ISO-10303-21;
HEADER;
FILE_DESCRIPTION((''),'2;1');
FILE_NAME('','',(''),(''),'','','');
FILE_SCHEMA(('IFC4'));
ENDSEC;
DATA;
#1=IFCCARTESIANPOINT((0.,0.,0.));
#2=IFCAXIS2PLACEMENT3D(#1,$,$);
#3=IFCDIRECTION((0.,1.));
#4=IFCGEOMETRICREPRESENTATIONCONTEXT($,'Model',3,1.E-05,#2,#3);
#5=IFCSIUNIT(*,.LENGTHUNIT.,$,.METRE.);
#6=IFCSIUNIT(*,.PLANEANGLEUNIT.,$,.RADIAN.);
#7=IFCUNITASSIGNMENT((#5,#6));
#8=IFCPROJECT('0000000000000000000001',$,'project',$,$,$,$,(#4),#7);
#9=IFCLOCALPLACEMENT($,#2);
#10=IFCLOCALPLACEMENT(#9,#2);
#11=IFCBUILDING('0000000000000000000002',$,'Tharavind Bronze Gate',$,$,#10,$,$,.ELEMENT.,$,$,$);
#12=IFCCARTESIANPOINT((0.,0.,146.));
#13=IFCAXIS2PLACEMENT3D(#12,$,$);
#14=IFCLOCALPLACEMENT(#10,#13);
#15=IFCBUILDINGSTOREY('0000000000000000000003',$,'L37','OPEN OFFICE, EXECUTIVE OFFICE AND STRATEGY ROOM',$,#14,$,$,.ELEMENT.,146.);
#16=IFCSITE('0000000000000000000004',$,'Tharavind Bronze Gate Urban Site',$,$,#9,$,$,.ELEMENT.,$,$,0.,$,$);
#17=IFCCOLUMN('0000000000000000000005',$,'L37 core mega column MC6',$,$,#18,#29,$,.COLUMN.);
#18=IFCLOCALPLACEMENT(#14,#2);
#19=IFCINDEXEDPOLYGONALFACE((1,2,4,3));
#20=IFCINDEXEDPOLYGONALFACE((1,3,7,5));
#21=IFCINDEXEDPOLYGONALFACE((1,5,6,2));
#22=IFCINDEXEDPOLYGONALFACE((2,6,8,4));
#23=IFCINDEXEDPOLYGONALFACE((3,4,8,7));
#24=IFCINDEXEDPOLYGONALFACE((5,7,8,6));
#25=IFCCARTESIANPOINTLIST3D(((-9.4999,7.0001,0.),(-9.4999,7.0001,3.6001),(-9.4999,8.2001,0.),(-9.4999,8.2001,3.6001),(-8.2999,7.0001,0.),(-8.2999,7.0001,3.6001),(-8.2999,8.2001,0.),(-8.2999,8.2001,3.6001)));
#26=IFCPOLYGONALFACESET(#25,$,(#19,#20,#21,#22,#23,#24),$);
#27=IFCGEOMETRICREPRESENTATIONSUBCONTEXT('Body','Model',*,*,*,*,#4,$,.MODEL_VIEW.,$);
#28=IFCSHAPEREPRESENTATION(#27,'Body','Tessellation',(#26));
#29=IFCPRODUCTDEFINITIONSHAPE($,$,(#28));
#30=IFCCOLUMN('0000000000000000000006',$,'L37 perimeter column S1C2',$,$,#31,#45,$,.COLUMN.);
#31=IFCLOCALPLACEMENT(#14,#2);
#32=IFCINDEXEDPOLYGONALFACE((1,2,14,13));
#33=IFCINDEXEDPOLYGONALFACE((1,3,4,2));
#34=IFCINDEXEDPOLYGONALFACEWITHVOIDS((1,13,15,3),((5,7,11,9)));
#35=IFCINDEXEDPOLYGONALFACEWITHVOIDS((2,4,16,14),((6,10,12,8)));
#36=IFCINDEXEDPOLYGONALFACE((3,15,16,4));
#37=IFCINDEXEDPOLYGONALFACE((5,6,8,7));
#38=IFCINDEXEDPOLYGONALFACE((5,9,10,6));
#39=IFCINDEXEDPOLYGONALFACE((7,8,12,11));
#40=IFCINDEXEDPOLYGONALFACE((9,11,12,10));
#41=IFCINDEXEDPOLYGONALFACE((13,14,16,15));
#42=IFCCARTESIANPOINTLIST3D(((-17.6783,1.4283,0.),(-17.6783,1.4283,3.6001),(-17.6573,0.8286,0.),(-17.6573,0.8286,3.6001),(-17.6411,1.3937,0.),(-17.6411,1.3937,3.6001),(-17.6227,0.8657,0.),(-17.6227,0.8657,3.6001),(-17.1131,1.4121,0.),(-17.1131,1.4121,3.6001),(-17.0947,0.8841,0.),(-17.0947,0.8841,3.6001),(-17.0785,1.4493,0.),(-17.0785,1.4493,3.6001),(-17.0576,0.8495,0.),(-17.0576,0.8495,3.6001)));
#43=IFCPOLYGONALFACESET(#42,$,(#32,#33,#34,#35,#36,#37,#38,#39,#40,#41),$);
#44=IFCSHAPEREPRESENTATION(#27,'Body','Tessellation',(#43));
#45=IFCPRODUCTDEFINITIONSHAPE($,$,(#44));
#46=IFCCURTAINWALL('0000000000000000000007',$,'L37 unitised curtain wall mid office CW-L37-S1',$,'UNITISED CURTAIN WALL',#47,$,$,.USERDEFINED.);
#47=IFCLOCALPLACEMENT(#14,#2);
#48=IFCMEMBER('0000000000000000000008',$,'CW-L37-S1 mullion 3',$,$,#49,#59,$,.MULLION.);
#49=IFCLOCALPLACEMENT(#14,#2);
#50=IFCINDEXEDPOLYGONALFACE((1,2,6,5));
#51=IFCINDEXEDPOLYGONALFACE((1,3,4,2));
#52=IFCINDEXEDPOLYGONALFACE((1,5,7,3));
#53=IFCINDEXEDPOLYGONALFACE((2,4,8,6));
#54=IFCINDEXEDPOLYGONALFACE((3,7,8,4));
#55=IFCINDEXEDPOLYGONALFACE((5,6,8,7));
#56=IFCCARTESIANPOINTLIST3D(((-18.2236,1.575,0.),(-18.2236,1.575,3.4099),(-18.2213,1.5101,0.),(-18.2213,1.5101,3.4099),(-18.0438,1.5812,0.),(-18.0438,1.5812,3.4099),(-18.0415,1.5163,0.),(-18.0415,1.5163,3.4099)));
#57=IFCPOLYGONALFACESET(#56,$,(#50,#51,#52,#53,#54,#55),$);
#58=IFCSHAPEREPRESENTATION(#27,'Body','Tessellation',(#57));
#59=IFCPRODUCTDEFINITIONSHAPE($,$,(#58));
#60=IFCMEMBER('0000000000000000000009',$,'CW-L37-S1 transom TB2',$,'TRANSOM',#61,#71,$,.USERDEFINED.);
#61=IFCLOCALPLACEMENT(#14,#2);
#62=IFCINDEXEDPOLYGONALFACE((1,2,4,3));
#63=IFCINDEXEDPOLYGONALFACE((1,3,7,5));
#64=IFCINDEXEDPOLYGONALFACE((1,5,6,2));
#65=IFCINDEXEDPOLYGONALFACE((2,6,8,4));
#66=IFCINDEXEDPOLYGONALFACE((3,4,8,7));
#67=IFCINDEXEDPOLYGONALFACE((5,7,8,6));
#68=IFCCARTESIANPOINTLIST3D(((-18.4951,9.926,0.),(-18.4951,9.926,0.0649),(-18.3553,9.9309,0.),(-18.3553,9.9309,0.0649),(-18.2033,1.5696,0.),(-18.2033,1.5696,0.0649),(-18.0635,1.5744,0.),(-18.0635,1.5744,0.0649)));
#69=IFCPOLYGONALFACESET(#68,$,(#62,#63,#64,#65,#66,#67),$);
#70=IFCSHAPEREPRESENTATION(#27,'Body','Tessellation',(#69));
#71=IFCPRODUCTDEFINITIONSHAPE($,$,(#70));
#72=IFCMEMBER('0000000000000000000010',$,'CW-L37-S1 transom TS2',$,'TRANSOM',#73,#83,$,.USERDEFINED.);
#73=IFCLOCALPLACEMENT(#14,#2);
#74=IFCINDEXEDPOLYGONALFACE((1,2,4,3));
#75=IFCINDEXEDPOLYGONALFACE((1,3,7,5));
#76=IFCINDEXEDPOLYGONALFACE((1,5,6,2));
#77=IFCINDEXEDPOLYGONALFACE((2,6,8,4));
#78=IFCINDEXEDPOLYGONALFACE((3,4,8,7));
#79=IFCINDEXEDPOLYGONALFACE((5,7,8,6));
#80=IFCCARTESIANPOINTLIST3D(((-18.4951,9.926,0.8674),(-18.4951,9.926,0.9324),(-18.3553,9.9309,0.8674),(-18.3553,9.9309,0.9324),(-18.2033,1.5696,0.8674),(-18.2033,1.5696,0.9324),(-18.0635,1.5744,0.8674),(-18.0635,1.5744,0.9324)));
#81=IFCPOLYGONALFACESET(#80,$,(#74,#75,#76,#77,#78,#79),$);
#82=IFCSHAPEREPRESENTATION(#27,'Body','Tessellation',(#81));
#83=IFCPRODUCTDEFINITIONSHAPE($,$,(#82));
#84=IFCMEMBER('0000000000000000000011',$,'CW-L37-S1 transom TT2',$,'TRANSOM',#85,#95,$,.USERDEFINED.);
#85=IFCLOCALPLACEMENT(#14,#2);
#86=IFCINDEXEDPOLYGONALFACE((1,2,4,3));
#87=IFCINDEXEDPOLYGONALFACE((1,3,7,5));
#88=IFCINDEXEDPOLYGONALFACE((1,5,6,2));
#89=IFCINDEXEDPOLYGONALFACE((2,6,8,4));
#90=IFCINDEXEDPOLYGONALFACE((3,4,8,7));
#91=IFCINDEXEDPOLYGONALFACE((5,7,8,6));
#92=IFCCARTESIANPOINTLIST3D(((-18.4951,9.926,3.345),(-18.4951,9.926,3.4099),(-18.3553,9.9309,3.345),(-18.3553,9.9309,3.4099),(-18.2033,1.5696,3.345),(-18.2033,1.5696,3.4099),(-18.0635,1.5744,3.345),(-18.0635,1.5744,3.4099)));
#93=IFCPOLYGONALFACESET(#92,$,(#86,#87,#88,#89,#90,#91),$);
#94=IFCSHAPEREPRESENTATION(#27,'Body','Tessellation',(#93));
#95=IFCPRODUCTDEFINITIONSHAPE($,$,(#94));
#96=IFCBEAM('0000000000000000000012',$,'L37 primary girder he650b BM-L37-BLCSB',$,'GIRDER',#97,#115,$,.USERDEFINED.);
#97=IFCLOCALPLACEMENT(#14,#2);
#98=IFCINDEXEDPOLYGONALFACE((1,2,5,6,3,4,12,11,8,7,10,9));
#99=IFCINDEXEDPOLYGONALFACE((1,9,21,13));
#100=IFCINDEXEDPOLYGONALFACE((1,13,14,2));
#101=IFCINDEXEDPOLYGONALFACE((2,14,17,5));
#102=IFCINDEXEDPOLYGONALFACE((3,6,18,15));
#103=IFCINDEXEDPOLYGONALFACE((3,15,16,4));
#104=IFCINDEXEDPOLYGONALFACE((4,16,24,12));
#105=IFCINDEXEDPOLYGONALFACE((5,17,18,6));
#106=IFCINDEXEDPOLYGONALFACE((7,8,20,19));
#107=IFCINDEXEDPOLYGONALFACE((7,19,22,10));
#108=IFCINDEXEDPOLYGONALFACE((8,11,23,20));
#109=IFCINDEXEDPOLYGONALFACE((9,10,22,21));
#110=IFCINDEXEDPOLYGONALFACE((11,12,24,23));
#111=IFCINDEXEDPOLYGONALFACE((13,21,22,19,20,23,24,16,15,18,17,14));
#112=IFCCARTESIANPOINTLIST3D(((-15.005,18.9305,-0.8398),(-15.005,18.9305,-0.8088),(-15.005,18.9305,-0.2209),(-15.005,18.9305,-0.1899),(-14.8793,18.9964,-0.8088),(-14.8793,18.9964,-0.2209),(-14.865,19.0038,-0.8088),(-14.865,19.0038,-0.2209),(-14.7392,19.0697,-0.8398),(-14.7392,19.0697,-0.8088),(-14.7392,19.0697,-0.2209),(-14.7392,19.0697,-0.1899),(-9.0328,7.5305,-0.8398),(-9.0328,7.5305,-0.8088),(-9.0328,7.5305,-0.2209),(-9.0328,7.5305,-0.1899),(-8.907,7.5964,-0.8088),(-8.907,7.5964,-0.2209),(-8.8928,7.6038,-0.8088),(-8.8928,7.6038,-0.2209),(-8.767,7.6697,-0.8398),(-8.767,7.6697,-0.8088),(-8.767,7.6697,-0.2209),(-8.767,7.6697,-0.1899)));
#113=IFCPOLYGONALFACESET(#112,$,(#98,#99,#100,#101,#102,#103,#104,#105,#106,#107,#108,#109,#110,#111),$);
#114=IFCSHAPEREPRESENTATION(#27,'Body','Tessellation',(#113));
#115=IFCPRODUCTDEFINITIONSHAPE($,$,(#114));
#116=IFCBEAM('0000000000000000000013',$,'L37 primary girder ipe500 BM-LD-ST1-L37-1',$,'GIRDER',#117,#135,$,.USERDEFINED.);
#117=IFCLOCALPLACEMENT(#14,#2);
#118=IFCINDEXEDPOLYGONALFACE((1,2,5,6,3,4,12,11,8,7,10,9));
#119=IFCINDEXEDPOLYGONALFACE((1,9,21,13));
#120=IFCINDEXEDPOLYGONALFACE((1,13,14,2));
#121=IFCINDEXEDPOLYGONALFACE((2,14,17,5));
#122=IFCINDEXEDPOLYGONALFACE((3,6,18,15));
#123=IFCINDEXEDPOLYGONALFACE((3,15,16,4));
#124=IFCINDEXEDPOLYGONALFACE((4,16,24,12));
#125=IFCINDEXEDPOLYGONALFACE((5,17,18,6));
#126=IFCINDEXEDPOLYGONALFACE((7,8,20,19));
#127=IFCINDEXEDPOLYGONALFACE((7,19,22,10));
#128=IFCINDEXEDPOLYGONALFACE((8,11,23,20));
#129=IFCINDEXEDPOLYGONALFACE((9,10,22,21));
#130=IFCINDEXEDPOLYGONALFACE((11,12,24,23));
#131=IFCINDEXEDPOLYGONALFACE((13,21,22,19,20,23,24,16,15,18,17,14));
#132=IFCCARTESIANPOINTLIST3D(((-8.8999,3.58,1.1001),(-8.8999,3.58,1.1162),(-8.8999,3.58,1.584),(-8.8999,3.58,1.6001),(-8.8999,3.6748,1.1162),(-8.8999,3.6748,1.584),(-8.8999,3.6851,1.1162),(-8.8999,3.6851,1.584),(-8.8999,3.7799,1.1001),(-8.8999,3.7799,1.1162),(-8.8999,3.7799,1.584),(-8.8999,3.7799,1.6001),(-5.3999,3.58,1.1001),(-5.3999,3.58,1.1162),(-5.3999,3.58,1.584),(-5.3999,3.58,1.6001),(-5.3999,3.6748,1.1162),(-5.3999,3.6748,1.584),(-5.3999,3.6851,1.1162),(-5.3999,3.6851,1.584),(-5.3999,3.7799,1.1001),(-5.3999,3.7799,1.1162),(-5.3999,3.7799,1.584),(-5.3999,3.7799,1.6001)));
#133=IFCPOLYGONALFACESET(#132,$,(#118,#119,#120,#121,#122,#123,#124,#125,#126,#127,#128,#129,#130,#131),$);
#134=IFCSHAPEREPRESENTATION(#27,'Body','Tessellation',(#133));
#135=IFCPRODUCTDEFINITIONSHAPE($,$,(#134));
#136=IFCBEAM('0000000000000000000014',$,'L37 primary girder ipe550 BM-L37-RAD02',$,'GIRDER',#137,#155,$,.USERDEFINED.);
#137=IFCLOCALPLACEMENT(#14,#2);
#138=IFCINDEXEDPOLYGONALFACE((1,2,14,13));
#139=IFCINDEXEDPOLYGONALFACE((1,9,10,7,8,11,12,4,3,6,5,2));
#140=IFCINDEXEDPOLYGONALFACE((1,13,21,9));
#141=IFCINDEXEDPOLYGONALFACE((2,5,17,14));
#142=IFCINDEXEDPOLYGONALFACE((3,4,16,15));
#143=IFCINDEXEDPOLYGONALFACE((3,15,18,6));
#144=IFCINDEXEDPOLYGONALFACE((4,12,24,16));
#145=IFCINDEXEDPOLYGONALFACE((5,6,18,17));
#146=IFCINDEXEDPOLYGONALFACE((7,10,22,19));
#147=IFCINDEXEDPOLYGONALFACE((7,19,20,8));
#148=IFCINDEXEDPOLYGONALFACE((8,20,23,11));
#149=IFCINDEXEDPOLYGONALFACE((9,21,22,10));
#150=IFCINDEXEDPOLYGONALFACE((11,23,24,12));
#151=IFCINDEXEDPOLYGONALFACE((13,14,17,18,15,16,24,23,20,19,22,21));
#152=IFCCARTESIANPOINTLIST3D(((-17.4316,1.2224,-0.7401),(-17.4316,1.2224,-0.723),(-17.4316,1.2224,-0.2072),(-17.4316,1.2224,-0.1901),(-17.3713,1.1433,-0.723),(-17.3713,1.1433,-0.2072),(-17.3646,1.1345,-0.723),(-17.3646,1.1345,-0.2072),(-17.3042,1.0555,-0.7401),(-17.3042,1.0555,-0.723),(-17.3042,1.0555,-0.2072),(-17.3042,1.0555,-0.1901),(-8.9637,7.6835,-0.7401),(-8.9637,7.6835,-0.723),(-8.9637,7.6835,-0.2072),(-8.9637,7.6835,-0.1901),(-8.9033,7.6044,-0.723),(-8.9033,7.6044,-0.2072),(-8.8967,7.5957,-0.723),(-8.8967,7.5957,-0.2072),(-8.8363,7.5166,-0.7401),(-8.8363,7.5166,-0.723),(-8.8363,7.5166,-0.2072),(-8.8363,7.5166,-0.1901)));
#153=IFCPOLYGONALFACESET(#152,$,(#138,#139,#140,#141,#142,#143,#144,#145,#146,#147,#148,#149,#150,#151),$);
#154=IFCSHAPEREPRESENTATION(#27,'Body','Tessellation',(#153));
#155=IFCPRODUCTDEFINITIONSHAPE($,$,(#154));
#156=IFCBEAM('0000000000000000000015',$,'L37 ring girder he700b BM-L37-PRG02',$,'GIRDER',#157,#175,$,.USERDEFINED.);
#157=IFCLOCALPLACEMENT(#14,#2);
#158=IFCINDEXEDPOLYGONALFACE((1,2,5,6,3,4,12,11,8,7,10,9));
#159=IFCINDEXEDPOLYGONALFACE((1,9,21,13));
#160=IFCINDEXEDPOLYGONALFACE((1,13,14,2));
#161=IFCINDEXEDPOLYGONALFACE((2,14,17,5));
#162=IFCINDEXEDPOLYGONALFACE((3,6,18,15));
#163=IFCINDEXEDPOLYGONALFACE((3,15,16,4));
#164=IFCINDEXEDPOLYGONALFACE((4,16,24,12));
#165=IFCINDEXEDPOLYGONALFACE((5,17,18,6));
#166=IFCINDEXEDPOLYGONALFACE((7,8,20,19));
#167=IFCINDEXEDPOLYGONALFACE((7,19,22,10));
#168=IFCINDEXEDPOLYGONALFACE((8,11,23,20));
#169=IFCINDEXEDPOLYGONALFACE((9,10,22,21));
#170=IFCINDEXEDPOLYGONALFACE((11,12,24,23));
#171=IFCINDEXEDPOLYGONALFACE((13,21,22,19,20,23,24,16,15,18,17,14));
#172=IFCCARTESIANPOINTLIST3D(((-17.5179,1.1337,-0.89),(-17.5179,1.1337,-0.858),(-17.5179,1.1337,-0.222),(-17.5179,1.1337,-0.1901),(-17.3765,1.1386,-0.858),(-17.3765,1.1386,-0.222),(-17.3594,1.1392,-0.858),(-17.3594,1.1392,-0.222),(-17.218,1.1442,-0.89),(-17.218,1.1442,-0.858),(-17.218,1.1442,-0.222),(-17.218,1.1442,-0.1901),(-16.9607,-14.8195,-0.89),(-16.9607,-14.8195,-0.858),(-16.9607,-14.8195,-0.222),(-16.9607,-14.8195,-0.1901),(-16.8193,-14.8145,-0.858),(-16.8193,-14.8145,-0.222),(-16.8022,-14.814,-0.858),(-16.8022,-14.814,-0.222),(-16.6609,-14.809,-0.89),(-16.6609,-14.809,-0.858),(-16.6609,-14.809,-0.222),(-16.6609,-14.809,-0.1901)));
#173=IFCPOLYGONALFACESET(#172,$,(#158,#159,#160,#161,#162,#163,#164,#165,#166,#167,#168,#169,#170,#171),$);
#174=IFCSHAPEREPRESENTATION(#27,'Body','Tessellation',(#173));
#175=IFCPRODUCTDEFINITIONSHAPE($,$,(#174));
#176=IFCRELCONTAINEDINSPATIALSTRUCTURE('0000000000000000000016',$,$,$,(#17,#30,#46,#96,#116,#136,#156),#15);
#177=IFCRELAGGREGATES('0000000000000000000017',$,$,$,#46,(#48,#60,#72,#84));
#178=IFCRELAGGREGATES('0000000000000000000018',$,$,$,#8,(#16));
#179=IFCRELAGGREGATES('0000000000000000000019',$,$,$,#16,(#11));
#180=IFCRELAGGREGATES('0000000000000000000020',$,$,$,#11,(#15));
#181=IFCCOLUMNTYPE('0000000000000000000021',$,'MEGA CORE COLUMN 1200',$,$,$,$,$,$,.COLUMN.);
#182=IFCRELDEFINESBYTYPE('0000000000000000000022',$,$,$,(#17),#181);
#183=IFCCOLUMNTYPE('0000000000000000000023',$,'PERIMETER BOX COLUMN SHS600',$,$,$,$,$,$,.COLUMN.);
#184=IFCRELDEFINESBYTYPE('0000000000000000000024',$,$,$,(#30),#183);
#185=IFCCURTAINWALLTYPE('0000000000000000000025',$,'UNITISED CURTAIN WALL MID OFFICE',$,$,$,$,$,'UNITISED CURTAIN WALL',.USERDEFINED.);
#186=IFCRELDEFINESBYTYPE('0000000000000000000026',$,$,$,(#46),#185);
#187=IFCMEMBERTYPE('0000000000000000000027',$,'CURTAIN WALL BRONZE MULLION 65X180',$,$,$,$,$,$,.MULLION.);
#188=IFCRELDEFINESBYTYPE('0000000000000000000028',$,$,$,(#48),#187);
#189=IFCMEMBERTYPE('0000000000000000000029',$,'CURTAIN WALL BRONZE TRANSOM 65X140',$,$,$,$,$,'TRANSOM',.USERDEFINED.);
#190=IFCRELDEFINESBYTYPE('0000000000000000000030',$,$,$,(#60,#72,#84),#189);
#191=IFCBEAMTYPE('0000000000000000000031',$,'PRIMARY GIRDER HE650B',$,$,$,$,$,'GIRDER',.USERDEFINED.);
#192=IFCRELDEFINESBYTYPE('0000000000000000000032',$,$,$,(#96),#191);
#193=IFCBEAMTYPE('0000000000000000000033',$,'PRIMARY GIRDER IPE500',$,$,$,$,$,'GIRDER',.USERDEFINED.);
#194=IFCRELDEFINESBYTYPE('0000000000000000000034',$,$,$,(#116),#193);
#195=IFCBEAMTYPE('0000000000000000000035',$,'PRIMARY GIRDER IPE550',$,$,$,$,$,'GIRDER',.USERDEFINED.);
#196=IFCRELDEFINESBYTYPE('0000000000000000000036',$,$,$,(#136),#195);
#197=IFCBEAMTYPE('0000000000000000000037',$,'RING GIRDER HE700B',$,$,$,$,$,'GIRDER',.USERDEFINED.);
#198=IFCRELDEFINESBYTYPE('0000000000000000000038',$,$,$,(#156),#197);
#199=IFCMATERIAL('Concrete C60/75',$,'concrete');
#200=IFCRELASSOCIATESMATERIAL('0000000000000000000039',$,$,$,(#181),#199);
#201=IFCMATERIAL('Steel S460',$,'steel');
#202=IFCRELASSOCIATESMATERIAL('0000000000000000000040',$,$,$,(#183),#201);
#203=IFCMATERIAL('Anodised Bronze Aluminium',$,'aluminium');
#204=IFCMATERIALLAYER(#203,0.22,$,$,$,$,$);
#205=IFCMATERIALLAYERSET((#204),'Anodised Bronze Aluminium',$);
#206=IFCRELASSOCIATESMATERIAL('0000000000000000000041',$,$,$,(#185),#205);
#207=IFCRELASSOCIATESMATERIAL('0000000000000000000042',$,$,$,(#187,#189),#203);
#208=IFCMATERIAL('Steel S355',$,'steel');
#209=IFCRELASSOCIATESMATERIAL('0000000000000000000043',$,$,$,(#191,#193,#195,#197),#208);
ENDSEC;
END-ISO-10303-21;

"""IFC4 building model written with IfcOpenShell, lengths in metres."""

from ifc_helpers import new_model, si_unit, direction, frame, origin, origin_2d, place, context, subcontext, project, spatial, rectangle, hollow_rectangle, i_section, extrude, material, layer, layer_set, material_profile, profile_set, type_object, element, aggregate, save


model = new_model("IFC4")

# Units and contexts
model_context = context("Model", 3, precision=1e-05, world=origin(), true_north=direction((0.0, 1.0)))
body_context = subcontext(model_context, "Body", "Model", "MODEL_VIEW")
ifc_project = project(units=[si_unit("LENGTHUNIT", "METRE"), si_unit("PLANEANGLEUNIT", "RADIAN")], contexts=[model_context])

# Site, building, storey
site_placement = place(None, origin())
site = spatial("IfcSite", under=ifc_project, at=site_placement, Name="Tharavind Bronze Gate Urban Site", CompositionType="ELEMENT", RefElevation=0.0)
building_placement = place(site_placement, origin())
building = spatial("IfcBuilding", under=site, at=building_placement, Name="Tharavind Bronze Gate", CompositionType="ELEMENT")
storey_placement = place(building_placement, frame((0.0, 0.0, 146.0)))
storey = spatial("IfcBuildingStorey", under=building, at=storey_placement, Name="L37", Description="OPEN OFFICE, EXECUTIVE OFFICE AND STRATEGY ROOM", CompositionType="ELEMENT", Elevation=146.0)

# Columns
ifc_material_1 = material(Name="Concrete C60/75", Category="concrete")
ifc_material_profile_1 = material_profile(ifc_material_1, rectangle(XDim=1.2, YDim=1.2, at=origin_2d()), Name="RCCOL1200")
ifc_profile_set_1 = profile_set([ifc_material_profile_1], Name="Concrete C60/75")
column_type_1 = type_object("IfcColumnType", Name="MEGA CORE COLUMN 1200", PredefinedType="COLUMN", material=ifc_profile_set_1)
column_1_placement = place(storey_placement, frame((-8.8999, 7.6001, 0.0), z_axis=(0.0, 0.0, 1.0), x_axis=(1.0, 0.0, 0.0)))
element("IfcColumn", 1, at=column_1_placement, inside=storey, type_object=column_type_1, Name="L37 core mega column MC6", PredefinedType="COLUMN", context=body_context, shape_type="SweptSolid", body=[
    extrude(rectangle(XDim=1.2, YDim=1.2, at=origin_2d()), origin(), (0.0, 0.0, 1.0), 3.6001),
])
ifc_material_2 = material(Name="Steel S460", Category="steel")
ifc_material_profile_2 = material_profile(ifc_material_2, hollow_rectangle(XDim=0.6001, YDim=0.6001, WallThickness=0.0359, at=origin_2d()), Name="SHS600X36")
ifc_profile_set_2 = profile_set([ifc_material_profile_2], Name="Steel S460")
column_type_2 = type_object("IfcColumnType", Name="PERIMETER BOX COLUMN SHS600", PredefinedType="COLUMN", material=ifc_profile_set_2)
column_2_placement = place(storey_placement, frame((-17.3679, 1.1389, 0.0), z_axis=(0.0, 0.0, 1.0), x_axis=(-0.034899, 0.999391, 0.0)))
element("IfcColumn", 2, at=column_2_placement, inside=storey, type_object=column_type_2, Name="L37 perimeter column S1C2", PredefinedType="COLUMN", context=body_context, shape_type="SweptSolid", body=[
    extrude(hollow_rectangle(XDim=0.6001, YDim=0.6001, WallThickness=0.0359, at=origin_2d()), origin(), (0.0, 0.0, 1.0), 3.6001),
])

# Curtain wall, members
ifc_material_3 = material(Name="Anodised Bronze Aluminium", Category="aluminium")
ifc_layer_1 = layer(ifc_material_3, 0.22)
ifc_layer_set_1 = layer_set([ifc_layer_1], Name="Anodised Bronze Aluminium")
curtain_wall_type = type_object("IfcCurtainWallType", Name="UNITISED CURTAIN WALL MID OFFICE", ElementType="UNITISED CURTAIN WALL", PredefinedType="USERDEFINED", material=ifc_layer_set_1)
curtain_wall_placement = place(storey_placement, origin())
curtain_wall = element("IfcCurtainWall", 3, at=curtain_wall_placement, inside=storey, type_object=curtain_wall_type, Name="L37 unitised curtain wall mid office CW-L37-S1", ObjectType="UNITISED CURTAIN WALL", PredefinedType="USERDEFINED")
member_type_1 = type_object("IfcMemberType", Name="CURTAIN WALL BRONZE MULLION 65X180", PredefinedType="MULLION", material=ifc_material_3)
member_1_placement = place(storey_placement, frame((-18.1326, 1.5457, 0.0), z_axis=(0.0, 0.0, 1.0), x_axis=(0.034899, -0.999391, 0.0)))
member_1 = element("IfcMember", 4, at=member_1_placement, type_object=member_type_1, Name="CW-L37-S1 mullion 3", PredefinedType="MULLION", context=body_context, shape_type="SweptSolid", body=[
    extrude(rectangle(XDim=0.0649, YDim=0.1799, at=origin_2d()), origin(), (0.0, 0.0, 1.0), 3.4099),
])
member_type_2 = type_object("IfcMemberType", Name="CURTAIN WALL BRONZE TRANSOM 65X140", ElementType="TRANSOM", PredefinedType="USERDEFINED", material=ifc_material_3)
member_2_placement = place(storey_placement, frame((-18.2793, 5.7502, 0.0), z_axis=(0.0, 0.0, 1.0), x_axis=(0.034899, -0.999391, 0.0)))
member_2 = element("IfcMember", 5, at=member_2_placement, type_object=member_type_2, Name="CW-L37-S1 transom TB2", ObjectType="TRANSOM", PredefinedType="USERDEFINED", context=body_context, shape_type="SweptSolid", body=[
    extrude(rectangle(XDim=8.3616, YDim=0.1399, at=origin_2d()), origin(), (0.0, 0.0, 1.0), 0.0649),
])
member_3_placement = place(storey_placement, frame((-18.2793, 5.7502, 0.8674), z_axis=(0.0, 0.0, 1.0), x_axis=(0.034899, -0.999391, 0.0)))
member_3 = element("IfcMember", 6, at=member_3_placement, type_object=member_type_2, Name="CW-L37-S1 transom TS2", ObjectType="TRANSOM", PredefinedType="USERDEFINED", context=body_context, shape_type="SweptSolid", body=[
    extrude(rectangle(XDim=8.3616, YDim=0.1399, at=origin_2d()), origin(), (0.0, 0.0, 1.0), 0.0649),
])
member_4_placement = place(storey_placement, frame((-18.2793, 5.7502, 3.345), z_axis=(0.0, 0.0, 1.0), x_axis=(0.034899, -0.999391, 0.0)))
member_4 = element("IfcMember", 7, at=member_4_placement, type_object=member_type_2, Name="CW-L37-S1 transom TT2", ObjectType="TRANSOM", PredefinedType="USERDEFINED", context=body_context, shape_type="SweptSolid", body=[
    extrude(rectangle(XDim=8.3616, YDim=0.1399, at=origin_2d()), origin(), (0.0, 0.0, 1.0), 0.0649),
])

# Beams
ifc_material_4 = material(Name="Steel S355", Category="steel")
ifc_material_profile_3 = material_profile(ifc_material_4, i_section(OverallWidth=0.3, OverallDepth=0.6499, WebThickness=0.0161, FlangeThickness=0.031, at=origin_2d()), Name="HE650B")
ifc_profile_set_3 = profile_set([ifc_material_profile_3], Name="Steel S355")
beam_type_1 = type_object("IfcBeamType", Name="PRIMARY GIRDER HE650B", ElementType="GIRDER", PredefinedType="USERDEFINED", material=ifc_profile_set_3)
beam_1_placement = place(storey_placement, frame((-8.8999, 7.6001, -0.5149), z_axis=(-0.464055, 0.885806, 0.0), x_axis=(-0.885806, -0.464055, 0.0)))
element("IfcBeam", 8, at=beam_1_placement, inside=storey, type_object=beam_type_1, Name="L37 primary girder he650b BM-L37-BLCSB", ObjectType="GIRDER", PredefinedType="USERDEFINED", context=body_context, shape_type="SweptSolid", body=[
    extrude(i_section(OverallWidth=0.3, OverallDepth=0.6499, WebThickness=0.0161, FlangeThickness=0.031, at=origin_2d()), origin(), (0.0, 0.0, 1.0), 12.8696),
])
ifc_material_profile_4 = material_profile(ifc_material_4, i_section(OverallWidth=0.2, OverallDepth=0.5, WebThickness=0.0103, FlangeThickness=0.0161, at=origin_2d()), Name="IPE500")
ifc_profile_set_4 = profile_set([ifc_material_profile_4], Name="Steel S355")
beam_type_2 = type_object("IfcBeamType", Name="PRIMARY GIRDER IPE500", ElementType="GIRDER", PredefinedType="USERDEFINED", material=ifc_profile_set_4)
beam_2_placement = place(storey_placement, frame((-8.8999, 3.6799, 1.3501), z_axis=(1.0, 0.0, 0.0), x_axis=(0.0, 1.0, 0.0)))
element("IfcBeam", 9, at=beam_2_placement, inside=storey, type_object=beam_type_2, Name="L37 primary girder ipe500 BM-LD-ST1-L37-1", ObjectType="GIRDER", PredefinedType="USERDEFINED", context=body_context, shape_type="SweptSolid", body=[
    extrude(i_section(OverallWidth=0.2, OverallDepth=0.5, WebThickness=0.0103, FlangeThickness=0.0161, at=origin_2d()), origin(), (0.0, 0.0, 1.0), 3.5),
])
ifc_material_profile_5 = material_profile(ifc_material_4, i_section(OverallWidth=0.21, OverallDepth=0.55, WebThickness=0.011, FlangeThickness=0.0171, at=origin_2d()), Name="IPE550")
ifc_profile_set_5 = profile_set([ifc_material_profile_5], Name="Steel S355")
beam_type_3 = type_object("IfcBeamType", Name="PRIMARY GIRDER IPE550", ElementType="GIRDER", PredefinedType="USERDEFINED", material=ifc_profile_set_5)
beam_3_placement = place(storey_placement, frame((-17.3679, 1.1389, -0.4651), z_axis=(0.795008, 0.606599, 0.0), x_axis=(-0.606599, 0.795008, 0.0)))
element("IfcBeam", 10, at=beam_3_placement, inside=storey, type_object=beam_type_3, Name="L37 primary girder ipe550 BM-L37-RAD02", ObjectType="GIRDER", PredefinedType="USERDEFINED", context=body_context, shape_type="SweptSolid", body=[
    extrude(i_section(OverallWidth=0.21, OverallDepth=0.55, WebThickness=0.011, FlangeThickness=0.0171, at=origin_2d()), origin(), (0.0, 0.0, 1.0), 10.6514),
])
ifc_material_profile_6 = material_profile(ifc_material_4, i_section(OverallWidth=0.3, OverallDepth=0.7, WebThickness=0.0171, FlangeThickness=0.032, at=origin_2d()), Name="HE700B")
ifc_profile_set_6 = profile_set([ifc_material_profile_6], Name="Steel S355")
beam_type_4 = type_object("IfcBeamType", Name="RING GIRDER HE700B", ElementType="GIRDER", PredefinedType="USERDEFINED", material=ifc_profile_set_6)
beam_4_placement = place(storey_placement, frame((-17.3679, 1.1389, -0.54), z_axis=(0.034902, -0.999391, 0.0), x_axis=(0.999391, 0.034902, 0.0)))
element("IfcBeam", 11, at=beam_4_placement, inside=storey, type_object=beam_type_4, Name="L37 ring girder he700b BM-L37-PRG02", ObjectType="GIRDER", PredefinedType="USERDEFINED", context=body_context, shape_type="SweptSolid", body=[
    extrude(i_section(OverallWidth=0.3, OverallDepth=0.7, WebThickness=0.0171, FlangeThickness=0.032, at=origin_2d()), origin(), (0.0, 0.0, 1.0), 15.9629),
])

aggregate(curtain_wall, [member_1, member_2, member_3, member_4])

save(model, "model.ifc")
